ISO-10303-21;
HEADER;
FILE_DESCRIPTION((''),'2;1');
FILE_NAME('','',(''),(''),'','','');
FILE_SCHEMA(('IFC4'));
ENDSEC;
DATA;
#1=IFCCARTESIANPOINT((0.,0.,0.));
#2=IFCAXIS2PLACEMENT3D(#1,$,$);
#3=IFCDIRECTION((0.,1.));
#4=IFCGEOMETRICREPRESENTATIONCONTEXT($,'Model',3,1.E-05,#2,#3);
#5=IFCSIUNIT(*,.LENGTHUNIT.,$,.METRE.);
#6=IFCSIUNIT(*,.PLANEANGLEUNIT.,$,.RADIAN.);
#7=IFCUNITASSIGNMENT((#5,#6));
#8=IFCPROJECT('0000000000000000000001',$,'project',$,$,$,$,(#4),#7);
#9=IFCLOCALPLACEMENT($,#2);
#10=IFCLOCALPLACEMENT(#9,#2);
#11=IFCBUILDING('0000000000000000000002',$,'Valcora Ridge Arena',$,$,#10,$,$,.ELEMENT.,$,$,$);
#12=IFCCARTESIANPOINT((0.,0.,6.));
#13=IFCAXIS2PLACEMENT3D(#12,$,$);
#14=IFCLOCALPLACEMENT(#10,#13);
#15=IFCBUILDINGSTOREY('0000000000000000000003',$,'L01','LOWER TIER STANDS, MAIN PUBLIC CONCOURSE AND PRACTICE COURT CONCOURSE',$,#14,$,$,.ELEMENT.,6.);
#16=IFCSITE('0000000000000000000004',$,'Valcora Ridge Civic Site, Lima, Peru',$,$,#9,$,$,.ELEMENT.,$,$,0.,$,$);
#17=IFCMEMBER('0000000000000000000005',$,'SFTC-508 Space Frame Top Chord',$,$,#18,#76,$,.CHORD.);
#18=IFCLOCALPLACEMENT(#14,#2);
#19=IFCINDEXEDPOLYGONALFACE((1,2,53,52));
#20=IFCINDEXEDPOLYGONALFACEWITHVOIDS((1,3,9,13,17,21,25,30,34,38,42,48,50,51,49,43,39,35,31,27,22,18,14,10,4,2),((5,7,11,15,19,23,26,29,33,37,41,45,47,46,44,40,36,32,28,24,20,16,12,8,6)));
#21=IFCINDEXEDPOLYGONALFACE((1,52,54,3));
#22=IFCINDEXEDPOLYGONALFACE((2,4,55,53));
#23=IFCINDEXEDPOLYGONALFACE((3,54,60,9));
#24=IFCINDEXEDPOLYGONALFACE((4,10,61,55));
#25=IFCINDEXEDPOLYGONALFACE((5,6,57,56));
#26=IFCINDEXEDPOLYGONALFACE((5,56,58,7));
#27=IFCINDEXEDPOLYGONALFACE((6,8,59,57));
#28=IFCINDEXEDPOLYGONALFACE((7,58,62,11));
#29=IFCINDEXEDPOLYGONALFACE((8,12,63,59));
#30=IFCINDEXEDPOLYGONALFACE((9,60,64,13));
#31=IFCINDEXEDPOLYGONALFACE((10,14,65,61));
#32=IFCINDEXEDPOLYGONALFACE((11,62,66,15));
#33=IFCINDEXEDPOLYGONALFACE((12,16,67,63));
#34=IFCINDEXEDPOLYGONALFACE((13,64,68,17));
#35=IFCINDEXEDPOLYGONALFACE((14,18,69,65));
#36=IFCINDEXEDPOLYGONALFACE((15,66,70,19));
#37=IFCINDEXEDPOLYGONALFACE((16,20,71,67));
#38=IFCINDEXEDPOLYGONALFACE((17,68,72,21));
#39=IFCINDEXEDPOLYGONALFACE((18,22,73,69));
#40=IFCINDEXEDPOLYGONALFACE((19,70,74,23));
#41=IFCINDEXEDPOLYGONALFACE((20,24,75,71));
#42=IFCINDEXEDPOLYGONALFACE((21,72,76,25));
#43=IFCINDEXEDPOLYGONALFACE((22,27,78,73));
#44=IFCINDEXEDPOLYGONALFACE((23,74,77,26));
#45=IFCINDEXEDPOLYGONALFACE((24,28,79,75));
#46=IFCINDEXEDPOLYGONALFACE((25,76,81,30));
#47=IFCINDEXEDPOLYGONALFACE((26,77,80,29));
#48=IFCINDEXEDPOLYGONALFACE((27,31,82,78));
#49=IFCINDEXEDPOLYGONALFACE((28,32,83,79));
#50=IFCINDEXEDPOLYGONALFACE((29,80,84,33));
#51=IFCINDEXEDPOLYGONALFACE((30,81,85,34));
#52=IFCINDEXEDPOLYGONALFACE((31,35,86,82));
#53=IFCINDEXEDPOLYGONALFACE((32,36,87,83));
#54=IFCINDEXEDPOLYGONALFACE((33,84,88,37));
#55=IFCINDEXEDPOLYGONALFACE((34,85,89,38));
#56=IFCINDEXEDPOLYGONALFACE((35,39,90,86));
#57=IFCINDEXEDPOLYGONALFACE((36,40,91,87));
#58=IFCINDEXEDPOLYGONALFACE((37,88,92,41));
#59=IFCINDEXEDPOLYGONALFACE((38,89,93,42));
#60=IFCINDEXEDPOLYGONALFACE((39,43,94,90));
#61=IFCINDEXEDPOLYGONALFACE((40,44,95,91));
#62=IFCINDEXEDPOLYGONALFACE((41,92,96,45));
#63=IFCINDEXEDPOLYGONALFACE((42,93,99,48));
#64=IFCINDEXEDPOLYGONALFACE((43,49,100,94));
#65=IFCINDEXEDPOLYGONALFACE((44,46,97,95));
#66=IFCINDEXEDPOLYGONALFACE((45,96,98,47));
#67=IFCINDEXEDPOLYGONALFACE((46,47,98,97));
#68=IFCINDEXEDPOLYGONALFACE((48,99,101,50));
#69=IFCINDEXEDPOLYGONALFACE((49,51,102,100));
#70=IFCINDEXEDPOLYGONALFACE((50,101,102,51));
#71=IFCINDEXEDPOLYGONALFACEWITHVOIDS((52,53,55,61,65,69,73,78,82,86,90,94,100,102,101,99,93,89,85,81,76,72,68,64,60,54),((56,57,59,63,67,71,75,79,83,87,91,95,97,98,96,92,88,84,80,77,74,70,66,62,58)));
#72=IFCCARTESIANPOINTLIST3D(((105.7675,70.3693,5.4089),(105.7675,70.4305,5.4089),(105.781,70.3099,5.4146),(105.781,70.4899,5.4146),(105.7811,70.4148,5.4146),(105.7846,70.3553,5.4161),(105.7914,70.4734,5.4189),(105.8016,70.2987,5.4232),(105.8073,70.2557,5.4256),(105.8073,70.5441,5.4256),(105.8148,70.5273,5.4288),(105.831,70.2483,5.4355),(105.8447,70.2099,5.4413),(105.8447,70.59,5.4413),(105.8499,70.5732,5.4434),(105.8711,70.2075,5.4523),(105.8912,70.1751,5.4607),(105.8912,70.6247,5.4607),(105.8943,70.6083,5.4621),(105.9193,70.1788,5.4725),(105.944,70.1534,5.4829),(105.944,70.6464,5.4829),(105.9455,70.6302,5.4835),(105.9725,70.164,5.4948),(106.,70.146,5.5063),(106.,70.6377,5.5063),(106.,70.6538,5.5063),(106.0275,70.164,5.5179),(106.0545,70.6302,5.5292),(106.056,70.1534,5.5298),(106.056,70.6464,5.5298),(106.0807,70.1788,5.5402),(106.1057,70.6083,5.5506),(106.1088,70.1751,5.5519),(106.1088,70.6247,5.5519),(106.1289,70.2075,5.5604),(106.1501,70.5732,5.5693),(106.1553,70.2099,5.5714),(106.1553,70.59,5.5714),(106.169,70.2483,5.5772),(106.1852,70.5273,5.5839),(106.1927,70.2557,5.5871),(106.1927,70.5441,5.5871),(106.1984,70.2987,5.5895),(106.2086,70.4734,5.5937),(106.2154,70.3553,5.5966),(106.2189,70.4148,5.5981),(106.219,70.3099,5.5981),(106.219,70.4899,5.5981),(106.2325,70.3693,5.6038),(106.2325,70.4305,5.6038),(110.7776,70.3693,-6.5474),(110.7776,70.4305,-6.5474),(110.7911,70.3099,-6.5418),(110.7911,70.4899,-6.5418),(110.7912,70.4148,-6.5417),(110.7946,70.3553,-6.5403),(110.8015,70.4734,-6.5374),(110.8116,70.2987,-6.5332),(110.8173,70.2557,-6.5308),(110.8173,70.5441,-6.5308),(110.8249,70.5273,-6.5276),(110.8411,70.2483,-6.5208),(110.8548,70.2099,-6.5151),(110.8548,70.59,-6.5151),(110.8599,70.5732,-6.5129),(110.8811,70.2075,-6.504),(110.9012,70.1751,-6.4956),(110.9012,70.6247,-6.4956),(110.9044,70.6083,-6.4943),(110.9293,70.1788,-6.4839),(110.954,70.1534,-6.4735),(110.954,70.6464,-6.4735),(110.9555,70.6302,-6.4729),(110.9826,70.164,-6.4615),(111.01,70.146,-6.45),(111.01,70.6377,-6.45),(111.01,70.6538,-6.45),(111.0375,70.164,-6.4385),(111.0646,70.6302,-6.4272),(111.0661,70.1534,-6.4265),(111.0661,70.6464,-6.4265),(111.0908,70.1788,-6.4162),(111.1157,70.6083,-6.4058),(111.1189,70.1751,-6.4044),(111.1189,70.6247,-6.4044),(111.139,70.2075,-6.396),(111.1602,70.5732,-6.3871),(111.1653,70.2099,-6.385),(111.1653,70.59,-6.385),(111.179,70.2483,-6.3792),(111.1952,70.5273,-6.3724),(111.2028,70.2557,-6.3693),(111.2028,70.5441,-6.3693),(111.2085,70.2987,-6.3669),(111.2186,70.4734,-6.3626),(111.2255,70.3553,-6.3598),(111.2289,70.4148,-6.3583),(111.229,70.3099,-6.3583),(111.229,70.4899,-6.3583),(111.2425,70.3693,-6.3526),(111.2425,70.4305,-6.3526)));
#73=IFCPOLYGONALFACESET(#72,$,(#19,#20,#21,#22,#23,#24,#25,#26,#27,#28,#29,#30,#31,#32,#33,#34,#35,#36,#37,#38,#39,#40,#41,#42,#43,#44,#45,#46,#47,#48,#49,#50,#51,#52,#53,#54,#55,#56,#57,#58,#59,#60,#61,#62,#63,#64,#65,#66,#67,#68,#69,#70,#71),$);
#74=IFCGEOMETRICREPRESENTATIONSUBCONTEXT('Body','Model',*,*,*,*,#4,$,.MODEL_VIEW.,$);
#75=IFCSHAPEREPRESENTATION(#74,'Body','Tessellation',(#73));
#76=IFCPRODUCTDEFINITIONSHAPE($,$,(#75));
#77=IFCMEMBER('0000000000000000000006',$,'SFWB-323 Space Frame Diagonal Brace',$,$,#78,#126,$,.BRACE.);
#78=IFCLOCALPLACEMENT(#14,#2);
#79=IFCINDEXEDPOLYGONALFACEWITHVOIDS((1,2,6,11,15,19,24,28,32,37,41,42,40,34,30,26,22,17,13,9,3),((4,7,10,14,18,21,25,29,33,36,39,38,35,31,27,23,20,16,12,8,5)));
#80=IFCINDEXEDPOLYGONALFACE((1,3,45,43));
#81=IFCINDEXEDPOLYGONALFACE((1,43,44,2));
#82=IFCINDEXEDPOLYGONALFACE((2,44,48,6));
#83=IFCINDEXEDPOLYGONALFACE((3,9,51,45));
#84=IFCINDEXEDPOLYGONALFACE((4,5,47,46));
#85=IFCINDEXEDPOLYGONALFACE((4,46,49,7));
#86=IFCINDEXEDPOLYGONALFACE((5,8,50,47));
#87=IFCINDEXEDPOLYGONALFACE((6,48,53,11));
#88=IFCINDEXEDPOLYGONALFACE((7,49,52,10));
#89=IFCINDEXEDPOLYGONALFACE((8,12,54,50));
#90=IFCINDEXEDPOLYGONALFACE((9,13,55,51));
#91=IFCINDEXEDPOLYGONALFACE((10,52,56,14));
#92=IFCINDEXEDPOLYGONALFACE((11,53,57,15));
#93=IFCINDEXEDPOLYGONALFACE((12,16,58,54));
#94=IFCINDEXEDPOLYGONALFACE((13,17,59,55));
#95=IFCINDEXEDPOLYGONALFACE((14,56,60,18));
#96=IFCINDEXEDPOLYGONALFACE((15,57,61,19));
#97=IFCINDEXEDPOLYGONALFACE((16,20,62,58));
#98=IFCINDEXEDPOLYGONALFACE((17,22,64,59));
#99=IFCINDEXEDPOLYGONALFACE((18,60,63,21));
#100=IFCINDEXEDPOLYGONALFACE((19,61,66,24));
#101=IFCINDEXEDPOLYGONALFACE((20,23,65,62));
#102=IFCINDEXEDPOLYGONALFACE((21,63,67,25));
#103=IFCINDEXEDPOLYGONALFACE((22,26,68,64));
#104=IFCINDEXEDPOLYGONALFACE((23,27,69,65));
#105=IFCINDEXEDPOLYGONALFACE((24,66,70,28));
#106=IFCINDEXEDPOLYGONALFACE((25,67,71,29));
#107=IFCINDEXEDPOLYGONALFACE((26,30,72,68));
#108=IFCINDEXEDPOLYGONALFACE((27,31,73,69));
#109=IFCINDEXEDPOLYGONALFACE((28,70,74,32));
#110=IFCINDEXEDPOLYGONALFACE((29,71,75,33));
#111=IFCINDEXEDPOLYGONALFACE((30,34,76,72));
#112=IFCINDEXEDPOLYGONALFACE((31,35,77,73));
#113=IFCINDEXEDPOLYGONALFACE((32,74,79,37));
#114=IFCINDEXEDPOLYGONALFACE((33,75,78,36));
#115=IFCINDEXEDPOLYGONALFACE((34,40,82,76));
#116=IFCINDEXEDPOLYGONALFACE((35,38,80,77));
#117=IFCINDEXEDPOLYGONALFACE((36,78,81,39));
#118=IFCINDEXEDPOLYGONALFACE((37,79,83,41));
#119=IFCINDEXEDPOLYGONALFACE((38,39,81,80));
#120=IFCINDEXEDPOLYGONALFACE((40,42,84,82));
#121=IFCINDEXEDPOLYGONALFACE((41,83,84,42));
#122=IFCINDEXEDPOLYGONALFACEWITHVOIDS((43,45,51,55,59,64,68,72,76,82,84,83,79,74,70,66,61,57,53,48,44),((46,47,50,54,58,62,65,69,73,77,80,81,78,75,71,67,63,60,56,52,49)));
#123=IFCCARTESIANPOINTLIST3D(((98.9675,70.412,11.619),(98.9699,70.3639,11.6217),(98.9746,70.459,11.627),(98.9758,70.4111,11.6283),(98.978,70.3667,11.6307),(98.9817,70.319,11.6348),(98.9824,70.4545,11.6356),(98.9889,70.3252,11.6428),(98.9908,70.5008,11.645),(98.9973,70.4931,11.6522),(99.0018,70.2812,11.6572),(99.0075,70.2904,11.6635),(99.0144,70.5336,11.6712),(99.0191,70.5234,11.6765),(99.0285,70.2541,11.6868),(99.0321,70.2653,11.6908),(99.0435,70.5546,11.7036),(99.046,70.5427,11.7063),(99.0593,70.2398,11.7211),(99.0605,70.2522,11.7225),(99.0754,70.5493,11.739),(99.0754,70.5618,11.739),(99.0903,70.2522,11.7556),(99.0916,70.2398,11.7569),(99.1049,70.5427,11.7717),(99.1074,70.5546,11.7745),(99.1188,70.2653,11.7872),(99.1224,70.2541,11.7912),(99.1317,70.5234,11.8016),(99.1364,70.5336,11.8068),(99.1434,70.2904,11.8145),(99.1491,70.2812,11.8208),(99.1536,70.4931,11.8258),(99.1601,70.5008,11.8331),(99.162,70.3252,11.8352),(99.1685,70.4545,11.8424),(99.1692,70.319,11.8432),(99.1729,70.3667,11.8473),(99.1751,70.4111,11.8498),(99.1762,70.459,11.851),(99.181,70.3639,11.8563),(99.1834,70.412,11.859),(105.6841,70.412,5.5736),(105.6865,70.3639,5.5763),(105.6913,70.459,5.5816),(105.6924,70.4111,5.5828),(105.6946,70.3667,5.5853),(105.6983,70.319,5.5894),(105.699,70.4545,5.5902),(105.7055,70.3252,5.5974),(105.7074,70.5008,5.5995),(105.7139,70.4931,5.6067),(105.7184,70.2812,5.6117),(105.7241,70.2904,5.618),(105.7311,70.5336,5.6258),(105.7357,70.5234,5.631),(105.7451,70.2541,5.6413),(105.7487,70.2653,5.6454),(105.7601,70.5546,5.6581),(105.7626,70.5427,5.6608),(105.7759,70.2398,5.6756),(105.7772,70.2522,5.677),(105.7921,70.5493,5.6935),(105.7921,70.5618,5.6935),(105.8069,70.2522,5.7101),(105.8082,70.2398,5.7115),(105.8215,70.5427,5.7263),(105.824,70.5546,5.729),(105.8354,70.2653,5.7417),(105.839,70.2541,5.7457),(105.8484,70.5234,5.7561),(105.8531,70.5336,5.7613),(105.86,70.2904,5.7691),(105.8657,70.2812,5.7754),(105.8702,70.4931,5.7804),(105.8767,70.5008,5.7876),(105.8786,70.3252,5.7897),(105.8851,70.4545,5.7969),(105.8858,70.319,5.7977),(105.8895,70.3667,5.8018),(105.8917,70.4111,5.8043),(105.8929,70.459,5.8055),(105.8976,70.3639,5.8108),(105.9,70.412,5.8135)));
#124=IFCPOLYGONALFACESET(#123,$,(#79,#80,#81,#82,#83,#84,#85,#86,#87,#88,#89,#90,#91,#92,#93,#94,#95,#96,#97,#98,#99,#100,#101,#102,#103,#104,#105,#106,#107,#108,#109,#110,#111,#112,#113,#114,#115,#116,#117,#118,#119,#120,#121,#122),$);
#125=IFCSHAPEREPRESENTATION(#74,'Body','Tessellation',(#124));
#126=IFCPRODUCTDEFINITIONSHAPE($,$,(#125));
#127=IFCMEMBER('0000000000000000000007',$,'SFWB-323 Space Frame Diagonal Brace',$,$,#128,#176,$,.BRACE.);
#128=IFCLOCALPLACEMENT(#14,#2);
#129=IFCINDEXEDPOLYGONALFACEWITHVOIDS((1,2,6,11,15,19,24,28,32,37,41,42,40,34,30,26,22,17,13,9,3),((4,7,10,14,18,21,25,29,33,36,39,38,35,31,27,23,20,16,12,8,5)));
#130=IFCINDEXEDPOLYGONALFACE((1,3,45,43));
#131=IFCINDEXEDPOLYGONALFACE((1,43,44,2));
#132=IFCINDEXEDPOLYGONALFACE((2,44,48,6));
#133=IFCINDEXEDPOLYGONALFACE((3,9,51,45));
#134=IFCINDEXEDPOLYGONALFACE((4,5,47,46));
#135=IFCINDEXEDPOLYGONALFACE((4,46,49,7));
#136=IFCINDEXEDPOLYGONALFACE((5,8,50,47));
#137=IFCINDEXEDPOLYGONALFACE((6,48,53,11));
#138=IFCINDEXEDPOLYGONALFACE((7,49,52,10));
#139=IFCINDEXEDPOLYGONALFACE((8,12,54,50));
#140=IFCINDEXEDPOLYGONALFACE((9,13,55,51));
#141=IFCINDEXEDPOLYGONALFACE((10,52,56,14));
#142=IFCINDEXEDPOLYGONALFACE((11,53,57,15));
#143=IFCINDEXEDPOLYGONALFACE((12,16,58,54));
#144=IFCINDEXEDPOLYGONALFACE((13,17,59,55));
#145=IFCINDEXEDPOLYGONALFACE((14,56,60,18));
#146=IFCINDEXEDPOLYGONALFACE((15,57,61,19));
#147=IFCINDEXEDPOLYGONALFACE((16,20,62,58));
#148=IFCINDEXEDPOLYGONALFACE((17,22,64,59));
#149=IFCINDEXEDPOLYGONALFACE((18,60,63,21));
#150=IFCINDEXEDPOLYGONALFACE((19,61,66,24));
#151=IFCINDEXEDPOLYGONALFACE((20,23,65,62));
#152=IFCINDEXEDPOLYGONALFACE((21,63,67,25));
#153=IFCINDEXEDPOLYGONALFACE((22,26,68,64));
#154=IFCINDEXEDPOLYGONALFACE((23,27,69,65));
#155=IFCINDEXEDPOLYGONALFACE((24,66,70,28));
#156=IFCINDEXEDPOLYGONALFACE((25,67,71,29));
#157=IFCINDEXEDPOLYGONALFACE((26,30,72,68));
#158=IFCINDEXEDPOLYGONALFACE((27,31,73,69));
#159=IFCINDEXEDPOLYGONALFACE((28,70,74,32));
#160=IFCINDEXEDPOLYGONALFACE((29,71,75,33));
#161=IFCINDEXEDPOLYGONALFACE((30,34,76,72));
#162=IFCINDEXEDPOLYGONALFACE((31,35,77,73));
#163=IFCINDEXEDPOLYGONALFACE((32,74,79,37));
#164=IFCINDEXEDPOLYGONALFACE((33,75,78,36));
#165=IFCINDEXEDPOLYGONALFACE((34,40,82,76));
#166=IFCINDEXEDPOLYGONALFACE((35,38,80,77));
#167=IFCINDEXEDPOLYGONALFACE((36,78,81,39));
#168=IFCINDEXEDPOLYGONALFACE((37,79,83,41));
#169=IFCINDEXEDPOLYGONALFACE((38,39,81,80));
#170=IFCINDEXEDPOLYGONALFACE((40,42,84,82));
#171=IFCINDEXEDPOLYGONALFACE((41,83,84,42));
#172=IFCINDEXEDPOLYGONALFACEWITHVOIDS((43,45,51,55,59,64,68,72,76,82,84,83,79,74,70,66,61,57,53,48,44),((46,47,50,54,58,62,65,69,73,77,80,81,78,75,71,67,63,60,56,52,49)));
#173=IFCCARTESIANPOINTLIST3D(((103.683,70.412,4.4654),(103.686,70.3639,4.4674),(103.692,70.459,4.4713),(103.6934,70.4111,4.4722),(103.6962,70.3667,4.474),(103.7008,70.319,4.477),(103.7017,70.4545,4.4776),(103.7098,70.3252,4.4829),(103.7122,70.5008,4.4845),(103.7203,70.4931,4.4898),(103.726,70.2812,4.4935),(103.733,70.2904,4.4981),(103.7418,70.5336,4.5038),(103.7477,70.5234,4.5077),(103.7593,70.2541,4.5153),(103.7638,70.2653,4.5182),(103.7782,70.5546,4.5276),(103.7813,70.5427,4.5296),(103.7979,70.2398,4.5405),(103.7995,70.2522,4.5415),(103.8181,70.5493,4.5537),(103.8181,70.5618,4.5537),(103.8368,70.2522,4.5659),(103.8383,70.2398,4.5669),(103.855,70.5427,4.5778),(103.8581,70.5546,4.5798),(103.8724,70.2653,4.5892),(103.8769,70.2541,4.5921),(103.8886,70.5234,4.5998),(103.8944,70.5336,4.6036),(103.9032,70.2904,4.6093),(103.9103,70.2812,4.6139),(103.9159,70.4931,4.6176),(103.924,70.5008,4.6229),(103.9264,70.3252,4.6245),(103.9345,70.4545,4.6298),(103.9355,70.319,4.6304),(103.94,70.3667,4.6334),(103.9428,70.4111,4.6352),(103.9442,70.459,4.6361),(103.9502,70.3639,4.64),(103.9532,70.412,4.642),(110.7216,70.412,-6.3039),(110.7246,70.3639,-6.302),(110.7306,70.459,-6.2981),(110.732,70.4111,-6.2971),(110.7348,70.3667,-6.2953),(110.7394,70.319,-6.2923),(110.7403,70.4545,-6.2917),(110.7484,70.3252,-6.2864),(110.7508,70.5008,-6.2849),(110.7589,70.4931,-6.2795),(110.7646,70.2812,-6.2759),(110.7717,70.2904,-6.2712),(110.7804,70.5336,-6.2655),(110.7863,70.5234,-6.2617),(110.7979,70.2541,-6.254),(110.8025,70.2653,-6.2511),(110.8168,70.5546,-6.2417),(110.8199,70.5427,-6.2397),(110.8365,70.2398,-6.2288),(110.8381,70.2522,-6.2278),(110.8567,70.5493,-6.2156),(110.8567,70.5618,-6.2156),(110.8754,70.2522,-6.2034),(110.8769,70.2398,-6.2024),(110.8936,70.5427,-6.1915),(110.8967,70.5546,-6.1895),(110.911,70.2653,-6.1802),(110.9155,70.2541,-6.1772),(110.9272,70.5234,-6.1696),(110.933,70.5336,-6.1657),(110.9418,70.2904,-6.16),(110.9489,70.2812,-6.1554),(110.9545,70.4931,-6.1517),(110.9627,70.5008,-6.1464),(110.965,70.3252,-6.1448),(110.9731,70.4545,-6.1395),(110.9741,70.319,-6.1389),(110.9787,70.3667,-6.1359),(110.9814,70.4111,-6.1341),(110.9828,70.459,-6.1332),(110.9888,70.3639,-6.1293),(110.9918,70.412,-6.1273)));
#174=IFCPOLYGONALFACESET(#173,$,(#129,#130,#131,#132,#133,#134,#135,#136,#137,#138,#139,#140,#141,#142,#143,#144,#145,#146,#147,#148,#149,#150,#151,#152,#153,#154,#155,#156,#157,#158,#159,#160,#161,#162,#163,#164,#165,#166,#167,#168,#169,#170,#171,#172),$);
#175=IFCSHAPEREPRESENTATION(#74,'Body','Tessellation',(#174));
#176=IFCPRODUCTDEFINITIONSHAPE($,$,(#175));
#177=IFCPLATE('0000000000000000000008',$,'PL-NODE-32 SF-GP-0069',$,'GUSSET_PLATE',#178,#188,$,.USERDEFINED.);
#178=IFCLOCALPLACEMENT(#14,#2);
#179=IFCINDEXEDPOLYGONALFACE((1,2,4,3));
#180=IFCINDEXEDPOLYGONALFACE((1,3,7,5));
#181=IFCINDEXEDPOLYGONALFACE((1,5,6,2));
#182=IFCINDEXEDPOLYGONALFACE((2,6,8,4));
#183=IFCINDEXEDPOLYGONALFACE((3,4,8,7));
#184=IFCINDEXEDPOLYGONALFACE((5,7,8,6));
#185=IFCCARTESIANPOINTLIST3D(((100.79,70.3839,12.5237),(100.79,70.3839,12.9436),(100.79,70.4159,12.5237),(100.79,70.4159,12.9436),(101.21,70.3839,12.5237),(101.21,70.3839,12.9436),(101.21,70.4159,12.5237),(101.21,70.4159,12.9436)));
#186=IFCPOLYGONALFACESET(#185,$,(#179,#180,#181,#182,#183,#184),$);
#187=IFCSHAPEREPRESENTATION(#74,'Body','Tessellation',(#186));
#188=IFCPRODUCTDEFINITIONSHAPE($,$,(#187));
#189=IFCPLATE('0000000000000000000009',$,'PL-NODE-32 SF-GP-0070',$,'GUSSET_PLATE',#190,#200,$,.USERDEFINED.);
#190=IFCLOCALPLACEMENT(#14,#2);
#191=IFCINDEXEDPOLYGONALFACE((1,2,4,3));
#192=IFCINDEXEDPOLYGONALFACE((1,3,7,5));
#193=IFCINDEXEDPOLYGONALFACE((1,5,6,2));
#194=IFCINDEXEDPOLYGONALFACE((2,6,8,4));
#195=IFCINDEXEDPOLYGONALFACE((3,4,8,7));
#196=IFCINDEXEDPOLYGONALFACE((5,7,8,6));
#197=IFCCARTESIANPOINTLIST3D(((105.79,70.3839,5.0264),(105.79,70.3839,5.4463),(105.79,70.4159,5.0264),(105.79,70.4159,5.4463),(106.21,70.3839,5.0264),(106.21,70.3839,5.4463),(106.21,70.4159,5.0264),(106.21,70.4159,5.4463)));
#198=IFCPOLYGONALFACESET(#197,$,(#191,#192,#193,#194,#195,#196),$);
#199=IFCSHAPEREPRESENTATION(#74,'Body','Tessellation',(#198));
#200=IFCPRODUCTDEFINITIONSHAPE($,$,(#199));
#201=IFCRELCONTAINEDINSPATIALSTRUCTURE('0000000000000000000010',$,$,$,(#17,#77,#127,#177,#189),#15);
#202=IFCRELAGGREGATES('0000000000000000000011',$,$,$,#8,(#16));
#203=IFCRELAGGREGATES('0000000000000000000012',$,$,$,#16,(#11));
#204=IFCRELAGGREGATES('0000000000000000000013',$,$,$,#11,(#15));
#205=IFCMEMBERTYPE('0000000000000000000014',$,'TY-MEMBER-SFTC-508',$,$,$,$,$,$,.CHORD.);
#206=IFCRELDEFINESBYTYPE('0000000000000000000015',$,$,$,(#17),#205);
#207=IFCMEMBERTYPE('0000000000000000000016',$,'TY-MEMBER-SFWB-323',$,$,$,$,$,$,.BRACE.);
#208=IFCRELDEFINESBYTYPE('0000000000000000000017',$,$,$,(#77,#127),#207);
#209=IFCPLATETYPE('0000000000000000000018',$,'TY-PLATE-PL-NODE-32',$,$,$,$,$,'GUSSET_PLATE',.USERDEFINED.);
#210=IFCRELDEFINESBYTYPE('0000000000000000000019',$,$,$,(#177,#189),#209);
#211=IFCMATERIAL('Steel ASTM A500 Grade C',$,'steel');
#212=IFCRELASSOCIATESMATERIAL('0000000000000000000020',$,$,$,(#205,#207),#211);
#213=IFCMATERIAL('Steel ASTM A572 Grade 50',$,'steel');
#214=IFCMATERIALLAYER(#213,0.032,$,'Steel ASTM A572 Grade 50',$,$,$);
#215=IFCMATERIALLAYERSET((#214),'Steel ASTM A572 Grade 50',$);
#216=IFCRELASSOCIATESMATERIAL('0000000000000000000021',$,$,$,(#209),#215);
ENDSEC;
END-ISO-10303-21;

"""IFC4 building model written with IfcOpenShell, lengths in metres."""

from ifc_helpers import new_model, si_unit, direction, frame, origin, origin_2d, place, context, subcontext, project, spatial, rectangle, hollow_circle, extrude, material, layer, layer_set, material_profile, profile_set, type_object, element, save


model = new_model("IFC4")

# Units and contexts
model_context = context("Model", 3, precision=1e-05, world=origin(), true_north=direction((0.0, 1.0)))
body_context = subcontext(model_context, "Body", "Model", "MODEL_VIEW")
ifc_project = project(units=[si_unit("LENGTHUNIT", "METRE"), si_unit("PLANEANGLEUNIT", "RADIAN")], contexts=[model_context])

# Site, building, storey
site_placement = place(None, origin())
site = spatial("IfcSite", under=ifc_project, at=site_placement, Name="Valcora Ridge Civic Site, Lima, Peru", CompositionType="ELEMENT", RefElevation=0.0)
building_placement = place(site_placement, origin())
building = spatial("IfcBuilding", under=site, at=building_placement, Name="Valcora Ridge Arena", CompositionType="ELEMENT")
storey_placement = place(building_placement, frame((0.0, 0.0, 6.0)))
storey = spatial("IfcBuildingStorey", under=building, at=storey_placement, Name="L01", Description="LOWER TIER STANDS, MAIN PUBLIC CONCOURSE AND PRACTICE COURT CONCOURSE", CompositionType="ELEMENT", Elevation=6.0)

# Members
ifc_material_1 = material(Name="Steel ASTM A500 Grade C", Category="steel")
ifc_material_profile_1 = material_profile(ifc_material_1, hollow_circle(Radius=0.2539, WallThickness=0.0161, at=origin_2d()), Name="CHS508X16")
ifc_profile_set_1 = profile_set([ifc_material_profile_1], Name="Steel ASTM A500 Grade C")
member_type_1 = type_object("IfcMemberType", Name="TY-MEMBER-SFTC-508", PredefinedType="CHORD", material=ifc_profile_set_1)
member_1_placement = place(storey_placement, frame((106.0, 70.3999, 5.5063), z_axis=(0.386469, 0.0, -0.922302), x_axis=(0.0, 1.0, 0.0)))
element("IfcMember", 1, at=member_1_placement, inside=storey, type_object=member_type_1, Name="SFTC-508 Space Frame Top Chord", PredefinedType="CHORD", context=body_context, shape_type="SweptSolid", body=[
    extrude(hollow_circle(Radius=0.2539, WallThickness=0.0161, at=origin_2d()), origin(), (0.0, 0.0, 1.0), 12.9636),
])
ifc_material_profile_2 = material_profile(ifc_material_1, hollow_circle(Radius=0.1619, WallThickness=0.0125, at=origin_2d()), Name="CHS323X12")
ifc_profile_set_2 = profile_set([ifc_material_profile_2], Name="Steel ASTM A500 Grade C")
member_type_2 = type_object("IfcMemberType", Name="TY-MEMBER-SFWB-323", PredefinedType="BRACE", material=ifc_profile_set_2)
member_2_placement = place(storey_placement, frame((99.0754, 70.3999, 11.739), z_axis=(0.743266, 0.0, -0.668996), x_axis=(0.0, 1.0, 0.0)))
element("IfcMember", 2, at=member_2_placement, inside=storey, type_object=member_type_2, Name="SFWB-323 Space Frame Diagonal Brace", PredefinedType="BRACE", context=body_context, shape_type="SweptSolid", body=[
    extrude(hollow_circle(Radius=0.1619, WallThickness=0.0125, at=origin_2d()), origin(), (0.0, 0.0, 1.0), 9.0366),
])
member_3_placement = place(storey_placement, frame((103.8181, 70.3999, 4.5537), z_axis=(0.547092, 0.0, -0.837072), x_axis=(0.0, 1.0, 0.0)))
element("IfcMember", 3, at=member_3_placement, inside=storey, type_object=member_type_2, Name="SFWB-323 Space Frame Diagonal Brace", PredefinedType="BRACE", context=body_context, shape_type="SweptSolid", body=[
    extrude(hollow_circle(Radius=0.1619, WallThickness=0.0125, at=origin_2d()), origin(), (0.0, 0.0, 1.0), 12.8655),
])

# Plates
ifc_material_2 = material(Name="Steel ASTM A572 Grade 50", Category="steel")
ifc_layer_1 = layer(ifc_material_2, 0.032, Name="Steel ASTM A572 Grade 50")
ifc_layer_set_1 = layer_set([ifc_layer_1], Name="Steel ASTM A572 Grade 50")
plate_type_1 = type_object("IfcPlateType", Name="TY-PLATE-PL-NODE-32", ElementType="GUSSET_PLATE", PredefinedType="USERDEFINED", material=ifc_layer_set_1)
for number, where, z_axis, x_axis, name in (
    (4, (101.0, 70.3999, 12.5237), (0.0, 0.0, 1.0), (1.0, 0.0, 0.0), "PL-NODE-32 SF-GP-0069"),
    (5, (106.0, 70.3999, 5.0264), (0.0, 0.0, 1.0), (1.0, 0.0, 0.0), "PL-NODE-32 SF-GP-0070"),
):
    element("IfcPlate", number, at=place(storey_placement, frame(where, z_axis=z_axis, x_axis=x_axis)), inside=storey, type_object=plate_type_1, Name=name, ObjectType="GUSSET_PLATE", PredefinedType="USERDEFINED", context=body_context, shape_type="SweptSolid", body=[
        extrude(rectangle(XDim=0.4199, YDim=0.032, at=origin_2d()), origin(), (0.0, 0.0, 1.0), 0.4199),
    ])

save(model, "model.ifc")
